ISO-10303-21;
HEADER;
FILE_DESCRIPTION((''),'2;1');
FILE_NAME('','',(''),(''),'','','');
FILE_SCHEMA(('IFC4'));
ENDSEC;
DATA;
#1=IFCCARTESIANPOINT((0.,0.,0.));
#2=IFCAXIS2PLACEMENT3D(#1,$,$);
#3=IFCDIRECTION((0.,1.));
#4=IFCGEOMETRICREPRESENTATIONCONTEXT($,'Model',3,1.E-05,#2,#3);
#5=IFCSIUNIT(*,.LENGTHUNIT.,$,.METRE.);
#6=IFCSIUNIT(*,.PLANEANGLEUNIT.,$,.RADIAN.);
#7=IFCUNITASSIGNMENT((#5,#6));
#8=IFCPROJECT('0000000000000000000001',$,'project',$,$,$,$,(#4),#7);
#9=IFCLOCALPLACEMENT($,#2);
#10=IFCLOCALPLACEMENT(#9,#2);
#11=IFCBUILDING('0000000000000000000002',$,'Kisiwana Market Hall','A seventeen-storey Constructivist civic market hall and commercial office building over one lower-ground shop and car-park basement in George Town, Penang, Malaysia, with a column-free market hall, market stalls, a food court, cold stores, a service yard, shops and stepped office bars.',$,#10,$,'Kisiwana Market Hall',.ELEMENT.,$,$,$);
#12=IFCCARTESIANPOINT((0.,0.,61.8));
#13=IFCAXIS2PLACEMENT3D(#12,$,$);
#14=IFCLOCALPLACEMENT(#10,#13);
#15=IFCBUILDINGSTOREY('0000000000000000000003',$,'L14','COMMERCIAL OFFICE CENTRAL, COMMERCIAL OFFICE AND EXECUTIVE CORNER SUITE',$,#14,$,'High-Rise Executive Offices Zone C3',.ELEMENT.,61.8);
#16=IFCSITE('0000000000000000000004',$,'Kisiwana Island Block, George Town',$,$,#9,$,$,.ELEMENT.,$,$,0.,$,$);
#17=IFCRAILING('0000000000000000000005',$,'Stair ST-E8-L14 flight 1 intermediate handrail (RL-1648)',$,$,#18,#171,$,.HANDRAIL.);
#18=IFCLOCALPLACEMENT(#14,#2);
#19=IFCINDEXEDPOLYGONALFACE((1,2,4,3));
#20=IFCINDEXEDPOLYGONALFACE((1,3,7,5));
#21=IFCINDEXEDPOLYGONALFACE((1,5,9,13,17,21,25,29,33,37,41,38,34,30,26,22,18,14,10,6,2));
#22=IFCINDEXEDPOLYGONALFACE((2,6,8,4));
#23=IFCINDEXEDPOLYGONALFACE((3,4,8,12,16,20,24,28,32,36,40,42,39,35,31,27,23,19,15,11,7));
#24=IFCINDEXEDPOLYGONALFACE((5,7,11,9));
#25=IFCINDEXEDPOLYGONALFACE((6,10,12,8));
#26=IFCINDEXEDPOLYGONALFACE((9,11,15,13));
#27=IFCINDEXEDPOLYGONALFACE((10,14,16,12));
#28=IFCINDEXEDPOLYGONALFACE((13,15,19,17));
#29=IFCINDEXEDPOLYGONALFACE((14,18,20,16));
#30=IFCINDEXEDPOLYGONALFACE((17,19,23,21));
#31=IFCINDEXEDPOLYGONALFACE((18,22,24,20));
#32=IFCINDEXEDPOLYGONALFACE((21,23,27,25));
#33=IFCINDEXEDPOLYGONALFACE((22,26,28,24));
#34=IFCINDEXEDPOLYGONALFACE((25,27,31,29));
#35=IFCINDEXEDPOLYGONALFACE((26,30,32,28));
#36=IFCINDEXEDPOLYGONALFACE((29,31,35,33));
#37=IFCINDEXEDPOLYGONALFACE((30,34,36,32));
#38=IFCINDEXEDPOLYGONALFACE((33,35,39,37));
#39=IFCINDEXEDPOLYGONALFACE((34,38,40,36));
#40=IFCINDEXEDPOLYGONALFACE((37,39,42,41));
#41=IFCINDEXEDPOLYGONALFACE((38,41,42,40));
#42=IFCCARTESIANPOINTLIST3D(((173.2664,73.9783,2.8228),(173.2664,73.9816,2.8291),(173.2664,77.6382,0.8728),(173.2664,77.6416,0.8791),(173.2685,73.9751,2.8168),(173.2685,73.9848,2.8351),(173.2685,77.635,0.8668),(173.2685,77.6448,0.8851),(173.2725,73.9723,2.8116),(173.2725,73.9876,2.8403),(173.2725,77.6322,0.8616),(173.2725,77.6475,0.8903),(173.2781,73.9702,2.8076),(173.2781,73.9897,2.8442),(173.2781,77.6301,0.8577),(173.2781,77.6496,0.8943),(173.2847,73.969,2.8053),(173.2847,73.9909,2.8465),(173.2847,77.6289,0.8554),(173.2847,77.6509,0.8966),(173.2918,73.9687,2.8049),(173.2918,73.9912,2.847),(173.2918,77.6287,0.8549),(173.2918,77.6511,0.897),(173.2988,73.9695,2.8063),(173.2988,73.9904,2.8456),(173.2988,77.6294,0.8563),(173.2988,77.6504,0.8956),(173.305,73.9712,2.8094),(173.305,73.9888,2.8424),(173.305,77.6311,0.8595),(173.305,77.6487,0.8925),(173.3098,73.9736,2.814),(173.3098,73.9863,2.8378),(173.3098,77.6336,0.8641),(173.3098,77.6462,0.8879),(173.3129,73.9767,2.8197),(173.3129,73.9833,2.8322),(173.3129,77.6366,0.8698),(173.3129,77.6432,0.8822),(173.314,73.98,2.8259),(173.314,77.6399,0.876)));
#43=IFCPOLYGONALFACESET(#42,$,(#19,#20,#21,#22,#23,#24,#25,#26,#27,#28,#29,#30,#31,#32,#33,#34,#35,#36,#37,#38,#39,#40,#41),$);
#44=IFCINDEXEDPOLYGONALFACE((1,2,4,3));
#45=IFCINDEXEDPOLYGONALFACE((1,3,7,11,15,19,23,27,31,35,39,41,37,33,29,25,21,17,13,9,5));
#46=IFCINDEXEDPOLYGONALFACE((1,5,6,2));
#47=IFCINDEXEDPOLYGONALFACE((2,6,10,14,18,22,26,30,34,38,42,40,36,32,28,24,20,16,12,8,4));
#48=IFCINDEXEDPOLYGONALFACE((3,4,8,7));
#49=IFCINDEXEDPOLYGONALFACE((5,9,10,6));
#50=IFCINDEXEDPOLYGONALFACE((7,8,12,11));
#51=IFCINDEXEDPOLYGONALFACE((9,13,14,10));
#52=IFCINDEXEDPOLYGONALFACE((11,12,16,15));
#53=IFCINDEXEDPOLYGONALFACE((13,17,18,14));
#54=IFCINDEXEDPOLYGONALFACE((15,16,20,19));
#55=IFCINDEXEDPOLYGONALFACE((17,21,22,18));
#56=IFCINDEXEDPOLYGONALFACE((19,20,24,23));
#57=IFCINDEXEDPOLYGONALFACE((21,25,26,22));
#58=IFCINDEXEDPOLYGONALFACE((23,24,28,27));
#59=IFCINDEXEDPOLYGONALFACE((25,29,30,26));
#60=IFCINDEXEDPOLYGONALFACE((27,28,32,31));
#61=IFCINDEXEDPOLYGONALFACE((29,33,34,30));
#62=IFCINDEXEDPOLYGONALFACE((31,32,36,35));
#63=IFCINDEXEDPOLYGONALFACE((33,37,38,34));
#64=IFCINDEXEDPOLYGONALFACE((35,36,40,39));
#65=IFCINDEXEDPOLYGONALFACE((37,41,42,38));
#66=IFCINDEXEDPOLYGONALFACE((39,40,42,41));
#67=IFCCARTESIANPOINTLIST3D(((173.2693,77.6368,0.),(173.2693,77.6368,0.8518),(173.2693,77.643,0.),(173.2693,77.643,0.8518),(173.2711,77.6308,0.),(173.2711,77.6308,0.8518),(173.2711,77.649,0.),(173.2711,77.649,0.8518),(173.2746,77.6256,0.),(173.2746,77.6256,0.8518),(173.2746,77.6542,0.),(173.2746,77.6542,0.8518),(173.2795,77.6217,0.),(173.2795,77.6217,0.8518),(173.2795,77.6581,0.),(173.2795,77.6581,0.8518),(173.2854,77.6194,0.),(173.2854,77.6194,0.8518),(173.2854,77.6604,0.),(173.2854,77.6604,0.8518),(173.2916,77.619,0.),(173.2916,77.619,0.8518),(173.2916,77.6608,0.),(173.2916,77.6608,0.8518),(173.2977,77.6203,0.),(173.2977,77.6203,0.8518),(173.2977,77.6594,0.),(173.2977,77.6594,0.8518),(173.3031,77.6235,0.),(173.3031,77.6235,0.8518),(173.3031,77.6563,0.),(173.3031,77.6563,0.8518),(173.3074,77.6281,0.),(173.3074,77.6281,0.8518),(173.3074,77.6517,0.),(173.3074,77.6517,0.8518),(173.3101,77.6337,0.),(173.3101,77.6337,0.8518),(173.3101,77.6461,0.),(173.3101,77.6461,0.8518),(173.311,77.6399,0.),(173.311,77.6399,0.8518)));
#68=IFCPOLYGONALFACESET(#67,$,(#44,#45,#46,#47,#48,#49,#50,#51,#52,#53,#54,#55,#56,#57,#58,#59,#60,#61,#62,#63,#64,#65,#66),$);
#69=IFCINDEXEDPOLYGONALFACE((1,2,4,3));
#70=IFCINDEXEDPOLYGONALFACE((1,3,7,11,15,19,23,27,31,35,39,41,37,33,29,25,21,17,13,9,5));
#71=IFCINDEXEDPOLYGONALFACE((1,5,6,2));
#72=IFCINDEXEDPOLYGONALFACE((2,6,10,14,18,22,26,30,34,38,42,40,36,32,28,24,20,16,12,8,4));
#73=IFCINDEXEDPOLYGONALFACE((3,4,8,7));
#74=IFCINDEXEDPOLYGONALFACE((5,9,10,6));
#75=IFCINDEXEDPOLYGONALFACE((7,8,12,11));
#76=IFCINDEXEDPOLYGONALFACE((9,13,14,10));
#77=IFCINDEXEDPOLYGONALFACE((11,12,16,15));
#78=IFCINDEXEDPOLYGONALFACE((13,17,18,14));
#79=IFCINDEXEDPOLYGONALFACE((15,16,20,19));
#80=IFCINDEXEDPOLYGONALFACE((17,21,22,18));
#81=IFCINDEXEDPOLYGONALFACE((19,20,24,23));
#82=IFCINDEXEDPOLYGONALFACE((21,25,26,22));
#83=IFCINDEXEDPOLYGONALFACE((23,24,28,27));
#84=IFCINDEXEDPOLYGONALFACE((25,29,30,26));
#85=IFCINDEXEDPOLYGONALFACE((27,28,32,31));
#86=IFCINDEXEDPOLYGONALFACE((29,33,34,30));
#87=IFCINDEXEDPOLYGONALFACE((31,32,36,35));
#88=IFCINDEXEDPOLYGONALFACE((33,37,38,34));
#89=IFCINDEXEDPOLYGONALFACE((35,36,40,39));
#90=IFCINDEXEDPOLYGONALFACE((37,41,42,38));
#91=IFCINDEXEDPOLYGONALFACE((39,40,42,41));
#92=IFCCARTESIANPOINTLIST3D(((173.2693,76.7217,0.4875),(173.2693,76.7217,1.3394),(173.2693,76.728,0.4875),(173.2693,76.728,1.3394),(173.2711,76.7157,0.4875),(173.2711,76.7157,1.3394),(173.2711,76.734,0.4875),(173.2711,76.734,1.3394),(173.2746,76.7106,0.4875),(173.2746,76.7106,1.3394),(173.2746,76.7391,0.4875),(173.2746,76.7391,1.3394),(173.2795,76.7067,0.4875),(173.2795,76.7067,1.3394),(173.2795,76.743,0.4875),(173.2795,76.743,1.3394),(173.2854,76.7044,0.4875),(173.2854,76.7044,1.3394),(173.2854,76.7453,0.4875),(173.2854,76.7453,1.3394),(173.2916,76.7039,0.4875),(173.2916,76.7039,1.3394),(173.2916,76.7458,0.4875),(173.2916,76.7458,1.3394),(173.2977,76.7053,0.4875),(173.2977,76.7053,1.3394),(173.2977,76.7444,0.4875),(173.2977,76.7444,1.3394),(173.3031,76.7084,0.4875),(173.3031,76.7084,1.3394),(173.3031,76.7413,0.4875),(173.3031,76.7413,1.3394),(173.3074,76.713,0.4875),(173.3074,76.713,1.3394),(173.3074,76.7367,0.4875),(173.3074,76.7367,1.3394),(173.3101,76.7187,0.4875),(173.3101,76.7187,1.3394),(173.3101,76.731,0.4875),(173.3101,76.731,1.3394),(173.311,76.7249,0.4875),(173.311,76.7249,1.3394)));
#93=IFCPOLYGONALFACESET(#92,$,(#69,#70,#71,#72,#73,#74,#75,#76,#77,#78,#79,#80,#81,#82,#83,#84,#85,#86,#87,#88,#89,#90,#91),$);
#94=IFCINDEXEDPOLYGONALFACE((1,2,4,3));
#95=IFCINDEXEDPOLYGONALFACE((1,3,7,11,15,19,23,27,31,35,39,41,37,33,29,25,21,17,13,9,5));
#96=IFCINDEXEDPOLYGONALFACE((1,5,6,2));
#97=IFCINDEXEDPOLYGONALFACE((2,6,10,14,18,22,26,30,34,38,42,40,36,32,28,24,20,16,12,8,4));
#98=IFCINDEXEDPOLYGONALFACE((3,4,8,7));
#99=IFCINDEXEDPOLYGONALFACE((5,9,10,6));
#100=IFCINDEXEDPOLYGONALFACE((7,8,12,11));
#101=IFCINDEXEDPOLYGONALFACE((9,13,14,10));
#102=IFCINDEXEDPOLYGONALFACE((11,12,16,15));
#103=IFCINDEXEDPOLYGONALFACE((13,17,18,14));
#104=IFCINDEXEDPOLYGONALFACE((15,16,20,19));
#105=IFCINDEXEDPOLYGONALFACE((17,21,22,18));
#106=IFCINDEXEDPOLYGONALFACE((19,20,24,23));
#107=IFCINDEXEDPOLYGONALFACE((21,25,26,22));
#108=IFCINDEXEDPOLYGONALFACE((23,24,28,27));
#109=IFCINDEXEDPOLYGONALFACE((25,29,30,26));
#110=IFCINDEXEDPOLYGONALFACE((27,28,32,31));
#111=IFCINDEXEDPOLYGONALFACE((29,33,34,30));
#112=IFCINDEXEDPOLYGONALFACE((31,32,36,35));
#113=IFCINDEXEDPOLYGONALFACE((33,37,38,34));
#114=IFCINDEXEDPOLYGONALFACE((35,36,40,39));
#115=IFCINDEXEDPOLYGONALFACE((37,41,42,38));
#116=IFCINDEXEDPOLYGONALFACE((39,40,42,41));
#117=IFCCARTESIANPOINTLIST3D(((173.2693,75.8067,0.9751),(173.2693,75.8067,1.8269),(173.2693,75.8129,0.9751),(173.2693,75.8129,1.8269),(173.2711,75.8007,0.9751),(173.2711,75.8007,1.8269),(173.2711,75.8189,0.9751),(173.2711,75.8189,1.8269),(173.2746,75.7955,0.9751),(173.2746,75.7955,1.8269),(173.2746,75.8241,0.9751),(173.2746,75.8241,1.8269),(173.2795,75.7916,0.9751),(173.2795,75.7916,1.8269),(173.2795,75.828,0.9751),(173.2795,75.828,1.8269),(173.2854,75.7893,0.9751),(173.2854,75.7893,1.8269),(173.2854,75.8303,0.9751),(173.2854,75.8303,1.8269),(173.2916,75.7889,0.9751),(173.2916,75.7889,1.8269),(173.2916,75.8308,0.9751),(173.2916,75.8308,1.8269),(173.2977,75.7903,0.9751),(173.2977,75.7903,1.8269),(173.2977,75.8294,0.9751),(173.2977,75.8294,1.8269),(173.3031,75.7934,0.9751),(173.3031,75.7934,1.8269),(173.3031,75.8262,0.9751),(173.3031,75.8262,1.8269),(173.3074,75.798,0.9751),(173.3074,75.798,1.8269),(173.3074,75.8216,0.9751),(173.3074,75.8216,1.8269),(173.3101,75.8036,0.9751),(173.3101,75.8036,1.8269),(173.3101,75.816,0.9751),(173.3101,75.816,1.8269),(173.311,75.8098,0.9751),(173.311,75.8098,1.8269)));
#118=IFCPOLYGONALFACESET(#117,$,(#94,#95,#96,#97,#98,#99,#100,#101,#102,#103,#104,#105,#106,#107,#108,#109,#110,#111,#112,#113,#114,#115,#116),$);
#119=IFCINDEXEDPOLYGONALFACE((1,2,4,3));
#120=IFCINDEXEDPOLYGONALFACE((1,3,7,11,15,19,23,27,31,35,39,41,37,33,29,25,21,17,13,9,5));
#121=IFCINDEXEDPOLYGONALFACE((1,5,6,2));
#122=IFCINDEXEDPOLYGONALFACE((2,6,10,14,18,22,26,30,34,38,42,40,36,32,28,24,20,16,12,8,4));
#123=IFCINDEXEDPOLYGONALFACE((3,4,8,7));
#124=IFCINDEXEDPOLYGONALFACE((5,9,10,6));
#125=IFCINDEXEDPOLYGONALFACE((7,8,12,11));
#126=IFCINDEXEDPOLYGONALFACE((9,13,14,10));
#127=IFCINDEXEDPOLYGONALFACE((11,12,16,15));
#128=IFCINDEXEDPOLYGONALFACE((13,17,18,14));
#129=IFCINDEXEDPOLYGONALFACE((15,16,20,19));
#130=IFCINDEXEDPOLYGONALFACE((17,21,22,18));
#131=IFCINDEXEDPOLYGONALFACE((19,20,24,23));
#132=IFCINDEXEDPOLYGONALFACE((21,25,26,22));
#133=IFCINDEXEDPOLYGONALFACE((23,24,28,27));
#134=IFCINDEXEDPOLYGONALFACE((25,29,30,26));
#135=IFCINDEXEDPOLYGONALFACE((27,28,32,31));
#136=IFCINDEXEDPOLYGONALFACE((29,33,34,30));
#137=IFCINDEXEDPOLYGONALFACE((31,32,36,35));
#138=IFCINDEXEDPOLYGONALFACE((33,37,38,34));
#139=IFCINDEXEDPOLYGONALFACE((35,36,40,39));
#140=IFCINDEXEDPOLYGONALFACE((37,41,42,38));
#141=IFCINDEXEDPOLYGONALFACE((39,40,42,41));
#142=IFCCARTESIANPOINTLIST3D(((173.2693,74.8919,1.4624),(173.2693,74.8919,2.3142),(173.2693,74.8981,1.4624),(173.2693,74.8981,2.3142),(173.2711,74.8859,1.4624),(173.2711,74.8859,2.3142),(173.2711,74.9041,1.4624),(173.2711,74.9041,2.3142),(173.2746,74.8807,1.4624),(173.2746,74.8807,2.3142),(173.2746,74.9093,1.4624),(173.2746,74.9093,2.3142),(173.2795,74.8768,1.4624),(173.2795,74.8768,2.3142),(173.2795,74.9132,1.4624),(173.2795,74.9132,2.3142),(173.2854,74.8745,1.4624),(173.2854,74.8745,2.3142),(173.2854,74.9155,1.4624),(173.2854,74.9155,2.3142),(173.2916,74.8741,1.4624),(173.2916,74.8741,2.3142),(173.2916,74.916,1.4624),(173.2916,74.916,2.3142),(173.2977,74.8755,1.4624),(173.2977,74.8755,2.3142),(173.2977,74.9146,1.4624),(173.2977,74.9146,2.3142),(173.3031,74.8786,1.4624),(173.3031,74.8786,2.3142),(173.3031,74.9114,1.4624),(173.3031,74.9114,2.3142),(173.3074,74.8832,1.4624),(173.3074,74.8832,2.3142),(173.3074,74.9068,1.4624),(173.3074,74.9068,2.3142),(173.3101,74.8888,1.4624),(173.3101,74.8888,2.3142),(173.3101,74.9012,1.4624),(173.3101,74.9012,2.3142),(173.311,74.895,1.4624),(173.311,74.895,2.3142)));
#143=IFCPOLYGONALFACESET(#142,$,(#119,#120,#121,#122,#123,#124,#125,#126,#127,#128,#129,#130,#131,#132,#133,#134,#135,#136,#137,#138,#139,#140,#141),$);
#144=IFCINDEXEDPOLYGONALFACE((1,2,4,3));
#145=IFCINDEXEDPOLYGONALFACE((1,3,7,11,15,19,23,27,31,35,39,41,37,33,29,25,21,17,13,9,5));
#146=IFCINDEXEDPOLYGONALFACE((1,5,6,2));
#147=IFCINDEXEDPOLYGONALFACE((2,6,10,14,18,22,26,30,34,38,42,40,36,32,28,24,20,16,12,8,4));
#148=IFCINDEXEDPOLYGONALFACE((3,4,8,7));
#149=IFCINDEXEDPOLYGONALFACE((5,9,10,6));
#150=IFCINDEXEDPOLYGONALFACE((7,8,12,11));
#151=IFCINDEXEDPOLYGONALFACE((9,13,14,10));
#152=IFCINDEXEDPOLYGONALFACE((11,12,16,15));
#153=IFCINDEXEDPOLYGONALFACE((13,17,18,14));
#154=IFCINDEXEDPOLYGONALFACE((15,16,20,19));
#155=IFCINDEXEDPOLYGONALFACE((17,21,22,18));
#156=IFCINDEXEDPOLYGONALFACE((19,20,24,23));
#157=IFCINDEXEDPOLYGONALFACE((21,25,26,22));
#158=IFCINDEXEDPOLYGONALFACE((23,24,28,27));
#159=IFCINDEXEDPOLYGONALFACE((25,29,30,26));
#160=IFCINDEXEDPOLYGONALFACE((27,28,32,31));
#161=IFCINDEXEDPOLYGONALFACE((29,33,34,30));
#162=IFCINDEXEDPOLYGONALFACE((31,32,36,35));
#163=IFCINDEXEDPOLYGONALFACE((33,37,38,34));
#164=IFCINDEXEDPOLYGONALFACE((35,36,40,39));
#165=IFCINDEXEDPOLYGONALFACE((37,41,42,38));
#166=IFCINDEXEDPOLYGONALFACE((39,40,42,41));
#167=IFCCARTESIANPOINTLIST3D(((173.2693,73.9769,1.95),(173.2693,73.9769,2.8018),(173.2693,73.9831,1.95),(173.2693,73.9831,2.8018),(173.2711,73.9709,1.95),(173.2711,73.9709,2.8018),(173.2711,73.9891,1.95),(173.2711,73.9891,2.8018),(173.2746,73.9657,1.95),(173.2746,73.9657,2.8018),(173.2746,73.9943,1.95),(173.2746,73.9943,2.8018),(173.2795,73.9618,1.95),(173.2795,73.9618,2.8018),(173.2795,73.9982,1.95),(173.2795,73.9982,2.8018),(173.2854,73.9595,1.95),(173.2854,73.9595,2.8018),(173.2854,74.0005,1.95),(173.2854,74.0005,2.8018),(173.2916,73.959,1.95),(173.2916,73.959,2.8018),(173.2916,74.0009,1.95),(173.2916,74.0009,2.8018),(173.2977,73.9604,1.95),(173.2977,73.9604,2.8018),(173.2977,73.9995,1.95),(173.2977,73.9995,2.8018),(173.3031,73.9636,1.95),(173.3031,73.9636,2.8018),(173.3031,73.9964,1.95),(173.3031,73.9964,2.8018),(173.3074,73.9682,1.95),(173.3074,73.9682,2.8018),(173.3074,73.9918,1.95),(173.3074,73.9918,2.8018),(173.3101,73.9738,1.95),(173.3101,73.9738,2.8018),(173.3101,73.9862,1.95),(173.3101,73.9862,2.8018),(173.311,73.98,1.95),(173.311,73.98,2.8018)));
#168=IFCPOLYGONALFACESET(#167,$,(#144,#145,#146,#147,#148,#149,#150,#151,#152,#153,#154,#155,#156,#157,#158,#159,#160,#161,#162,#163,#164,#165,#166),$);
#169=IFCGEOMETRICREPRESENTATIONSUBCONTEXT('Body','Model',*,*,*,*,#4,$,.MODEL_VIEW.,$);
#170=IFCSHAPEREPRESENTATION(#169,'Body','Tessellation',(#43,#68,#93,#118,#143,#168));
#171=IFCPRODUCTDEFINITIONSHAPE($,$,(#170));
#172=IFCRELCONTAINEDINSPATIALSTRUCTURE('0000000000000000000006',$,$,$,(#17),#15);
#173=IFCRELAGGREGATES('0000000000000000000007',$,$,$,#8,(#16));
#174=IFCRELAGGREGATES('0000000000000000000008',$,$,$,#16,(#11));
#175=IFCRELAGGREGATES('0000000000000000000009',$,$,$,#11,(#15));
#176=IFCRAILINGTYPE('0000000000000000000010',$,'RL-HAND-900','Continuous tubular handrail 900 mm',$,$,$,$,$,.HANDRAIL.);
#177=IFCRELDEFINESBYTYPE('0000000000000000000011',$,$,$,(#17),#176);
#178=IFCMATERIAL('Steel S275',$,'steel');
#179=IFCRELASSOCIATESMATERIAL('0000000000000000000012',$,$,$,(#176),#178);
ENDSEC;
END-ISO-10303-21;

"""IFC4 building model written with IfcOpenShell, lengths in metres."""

from ifc_helpers import new_model, si_unit, direction, frame, origin, origin_2d, place, context, subcontext, project, spatial, circle, extrude, material, type_object, element, save


model = new_model("IFC4")

# Units and contexts
model_context = context("Model", 3, precision=1e-05, world=origin(), true_north=direction((0.0, 1.0)))
body_context = subcontext(model_context, "Body", "Model", "MODEL_VIEW")
ifc_project = project(units=[si_unit("LENGTHUNIT", "METRE"), si_unit("PLANEANGLEUNIT", "RADIAN")], contexts=[model_context])

# Site, building, storey
site_placement = place(None, origin())
site = spatial("IfcSite", under=ifc_project, at=site_placement, Name="Kisiwana Island Block, George Town", CompositionType="ELEMENT", RefElevation=0.0)
building_placement = place(site_placement, origin())
building = spatial("IfcBuilding", under=site, at=building_placement, Name="Kisiwana Market Hall", Description="A seventeen-storey Constructivist civic market hall and commercial office building over one lower-ground shop and car-park basement in George Town, Penang, Malaysia, with a column-free market hall, market stalls, a food court, cold stores, a service yard, shops and stepped office bars.", LongName="Kisiwana Market Hall", CompositionType="ELEMENT")
storey_placement = place(building_placement, frame((0.0, 0.0, 61.8)))
storey = spatial("IfcBuildingStorey", under=building, at=storey_placement, Name="L14", Description="COMMERCIAL OFFICE CENTRAL, COMMERCIAL OFFICE AND EXECUTIVE CORNER SUITE", LongName="High-Rise Executive Offices Zone C3", CompositionType="ELEMENT", Elevation=61.8)

# Railing
ifc_material_1 = material(Name="Steel S275", Category="steel")
railing_type_1 = type_object("IfcRailingType", Name="RL-HAND-900", Description="Continuous tubular handrail 900 mm", PredefinedType="HANDRAIL", material=ifc_material_1)
railing_1_placement = place(storey_placement, frame((173.29, 77.6399, 0.0)))
element("IfcRailing", 1, at=railing_1_placement, inside=storey, type_object=railing_type_1, Name="Stair ST-E8-L14 flight 1 intermediate handrail (RL-1648)", PredefinedType="HANDRAIL", context=body_context, shape_type="SweptSolid", body=[
    extrude(circle(Radius=0.0239, at=origin_2d()), frame((0.0, 0.0, 0.876), z_axis=(0.0, -0.882553, 0.470212), x_axis=(1.0, 0.0, 0.0)), (0.0, 0.0, 1.0), 4.147),
    extrude(circle(Radius=0.021, at=origin_2d()), origin(), (0.0, 0.0, 1.0), 0.8518),
    extrude(circle(Radius=0.021, at=origin_2d()), frame((0.0, -0.915, 0.4875)), (0.0, 0.0, 1.0), 0.8518),
    extrude(circle(Radius=0.021, at=origin_2d()), frame((0.0, -1.8301, 0.9751)), (0.0, 0.0, 1.0), 0.8518),
    extrude(circle(Radius=0.021, at=origin_2d()), frame((0.0, -2.7449, 1.4624)), (0.0, 0.0, 1.0), 0.8518),
    extrude(circle(Radius=0.021, at=origin_2d()), frame((0.0, -3.6599, 1.95)), (0.0, 0.0, 1.0), 0.8518),
])

save(model, "model.ifc")
